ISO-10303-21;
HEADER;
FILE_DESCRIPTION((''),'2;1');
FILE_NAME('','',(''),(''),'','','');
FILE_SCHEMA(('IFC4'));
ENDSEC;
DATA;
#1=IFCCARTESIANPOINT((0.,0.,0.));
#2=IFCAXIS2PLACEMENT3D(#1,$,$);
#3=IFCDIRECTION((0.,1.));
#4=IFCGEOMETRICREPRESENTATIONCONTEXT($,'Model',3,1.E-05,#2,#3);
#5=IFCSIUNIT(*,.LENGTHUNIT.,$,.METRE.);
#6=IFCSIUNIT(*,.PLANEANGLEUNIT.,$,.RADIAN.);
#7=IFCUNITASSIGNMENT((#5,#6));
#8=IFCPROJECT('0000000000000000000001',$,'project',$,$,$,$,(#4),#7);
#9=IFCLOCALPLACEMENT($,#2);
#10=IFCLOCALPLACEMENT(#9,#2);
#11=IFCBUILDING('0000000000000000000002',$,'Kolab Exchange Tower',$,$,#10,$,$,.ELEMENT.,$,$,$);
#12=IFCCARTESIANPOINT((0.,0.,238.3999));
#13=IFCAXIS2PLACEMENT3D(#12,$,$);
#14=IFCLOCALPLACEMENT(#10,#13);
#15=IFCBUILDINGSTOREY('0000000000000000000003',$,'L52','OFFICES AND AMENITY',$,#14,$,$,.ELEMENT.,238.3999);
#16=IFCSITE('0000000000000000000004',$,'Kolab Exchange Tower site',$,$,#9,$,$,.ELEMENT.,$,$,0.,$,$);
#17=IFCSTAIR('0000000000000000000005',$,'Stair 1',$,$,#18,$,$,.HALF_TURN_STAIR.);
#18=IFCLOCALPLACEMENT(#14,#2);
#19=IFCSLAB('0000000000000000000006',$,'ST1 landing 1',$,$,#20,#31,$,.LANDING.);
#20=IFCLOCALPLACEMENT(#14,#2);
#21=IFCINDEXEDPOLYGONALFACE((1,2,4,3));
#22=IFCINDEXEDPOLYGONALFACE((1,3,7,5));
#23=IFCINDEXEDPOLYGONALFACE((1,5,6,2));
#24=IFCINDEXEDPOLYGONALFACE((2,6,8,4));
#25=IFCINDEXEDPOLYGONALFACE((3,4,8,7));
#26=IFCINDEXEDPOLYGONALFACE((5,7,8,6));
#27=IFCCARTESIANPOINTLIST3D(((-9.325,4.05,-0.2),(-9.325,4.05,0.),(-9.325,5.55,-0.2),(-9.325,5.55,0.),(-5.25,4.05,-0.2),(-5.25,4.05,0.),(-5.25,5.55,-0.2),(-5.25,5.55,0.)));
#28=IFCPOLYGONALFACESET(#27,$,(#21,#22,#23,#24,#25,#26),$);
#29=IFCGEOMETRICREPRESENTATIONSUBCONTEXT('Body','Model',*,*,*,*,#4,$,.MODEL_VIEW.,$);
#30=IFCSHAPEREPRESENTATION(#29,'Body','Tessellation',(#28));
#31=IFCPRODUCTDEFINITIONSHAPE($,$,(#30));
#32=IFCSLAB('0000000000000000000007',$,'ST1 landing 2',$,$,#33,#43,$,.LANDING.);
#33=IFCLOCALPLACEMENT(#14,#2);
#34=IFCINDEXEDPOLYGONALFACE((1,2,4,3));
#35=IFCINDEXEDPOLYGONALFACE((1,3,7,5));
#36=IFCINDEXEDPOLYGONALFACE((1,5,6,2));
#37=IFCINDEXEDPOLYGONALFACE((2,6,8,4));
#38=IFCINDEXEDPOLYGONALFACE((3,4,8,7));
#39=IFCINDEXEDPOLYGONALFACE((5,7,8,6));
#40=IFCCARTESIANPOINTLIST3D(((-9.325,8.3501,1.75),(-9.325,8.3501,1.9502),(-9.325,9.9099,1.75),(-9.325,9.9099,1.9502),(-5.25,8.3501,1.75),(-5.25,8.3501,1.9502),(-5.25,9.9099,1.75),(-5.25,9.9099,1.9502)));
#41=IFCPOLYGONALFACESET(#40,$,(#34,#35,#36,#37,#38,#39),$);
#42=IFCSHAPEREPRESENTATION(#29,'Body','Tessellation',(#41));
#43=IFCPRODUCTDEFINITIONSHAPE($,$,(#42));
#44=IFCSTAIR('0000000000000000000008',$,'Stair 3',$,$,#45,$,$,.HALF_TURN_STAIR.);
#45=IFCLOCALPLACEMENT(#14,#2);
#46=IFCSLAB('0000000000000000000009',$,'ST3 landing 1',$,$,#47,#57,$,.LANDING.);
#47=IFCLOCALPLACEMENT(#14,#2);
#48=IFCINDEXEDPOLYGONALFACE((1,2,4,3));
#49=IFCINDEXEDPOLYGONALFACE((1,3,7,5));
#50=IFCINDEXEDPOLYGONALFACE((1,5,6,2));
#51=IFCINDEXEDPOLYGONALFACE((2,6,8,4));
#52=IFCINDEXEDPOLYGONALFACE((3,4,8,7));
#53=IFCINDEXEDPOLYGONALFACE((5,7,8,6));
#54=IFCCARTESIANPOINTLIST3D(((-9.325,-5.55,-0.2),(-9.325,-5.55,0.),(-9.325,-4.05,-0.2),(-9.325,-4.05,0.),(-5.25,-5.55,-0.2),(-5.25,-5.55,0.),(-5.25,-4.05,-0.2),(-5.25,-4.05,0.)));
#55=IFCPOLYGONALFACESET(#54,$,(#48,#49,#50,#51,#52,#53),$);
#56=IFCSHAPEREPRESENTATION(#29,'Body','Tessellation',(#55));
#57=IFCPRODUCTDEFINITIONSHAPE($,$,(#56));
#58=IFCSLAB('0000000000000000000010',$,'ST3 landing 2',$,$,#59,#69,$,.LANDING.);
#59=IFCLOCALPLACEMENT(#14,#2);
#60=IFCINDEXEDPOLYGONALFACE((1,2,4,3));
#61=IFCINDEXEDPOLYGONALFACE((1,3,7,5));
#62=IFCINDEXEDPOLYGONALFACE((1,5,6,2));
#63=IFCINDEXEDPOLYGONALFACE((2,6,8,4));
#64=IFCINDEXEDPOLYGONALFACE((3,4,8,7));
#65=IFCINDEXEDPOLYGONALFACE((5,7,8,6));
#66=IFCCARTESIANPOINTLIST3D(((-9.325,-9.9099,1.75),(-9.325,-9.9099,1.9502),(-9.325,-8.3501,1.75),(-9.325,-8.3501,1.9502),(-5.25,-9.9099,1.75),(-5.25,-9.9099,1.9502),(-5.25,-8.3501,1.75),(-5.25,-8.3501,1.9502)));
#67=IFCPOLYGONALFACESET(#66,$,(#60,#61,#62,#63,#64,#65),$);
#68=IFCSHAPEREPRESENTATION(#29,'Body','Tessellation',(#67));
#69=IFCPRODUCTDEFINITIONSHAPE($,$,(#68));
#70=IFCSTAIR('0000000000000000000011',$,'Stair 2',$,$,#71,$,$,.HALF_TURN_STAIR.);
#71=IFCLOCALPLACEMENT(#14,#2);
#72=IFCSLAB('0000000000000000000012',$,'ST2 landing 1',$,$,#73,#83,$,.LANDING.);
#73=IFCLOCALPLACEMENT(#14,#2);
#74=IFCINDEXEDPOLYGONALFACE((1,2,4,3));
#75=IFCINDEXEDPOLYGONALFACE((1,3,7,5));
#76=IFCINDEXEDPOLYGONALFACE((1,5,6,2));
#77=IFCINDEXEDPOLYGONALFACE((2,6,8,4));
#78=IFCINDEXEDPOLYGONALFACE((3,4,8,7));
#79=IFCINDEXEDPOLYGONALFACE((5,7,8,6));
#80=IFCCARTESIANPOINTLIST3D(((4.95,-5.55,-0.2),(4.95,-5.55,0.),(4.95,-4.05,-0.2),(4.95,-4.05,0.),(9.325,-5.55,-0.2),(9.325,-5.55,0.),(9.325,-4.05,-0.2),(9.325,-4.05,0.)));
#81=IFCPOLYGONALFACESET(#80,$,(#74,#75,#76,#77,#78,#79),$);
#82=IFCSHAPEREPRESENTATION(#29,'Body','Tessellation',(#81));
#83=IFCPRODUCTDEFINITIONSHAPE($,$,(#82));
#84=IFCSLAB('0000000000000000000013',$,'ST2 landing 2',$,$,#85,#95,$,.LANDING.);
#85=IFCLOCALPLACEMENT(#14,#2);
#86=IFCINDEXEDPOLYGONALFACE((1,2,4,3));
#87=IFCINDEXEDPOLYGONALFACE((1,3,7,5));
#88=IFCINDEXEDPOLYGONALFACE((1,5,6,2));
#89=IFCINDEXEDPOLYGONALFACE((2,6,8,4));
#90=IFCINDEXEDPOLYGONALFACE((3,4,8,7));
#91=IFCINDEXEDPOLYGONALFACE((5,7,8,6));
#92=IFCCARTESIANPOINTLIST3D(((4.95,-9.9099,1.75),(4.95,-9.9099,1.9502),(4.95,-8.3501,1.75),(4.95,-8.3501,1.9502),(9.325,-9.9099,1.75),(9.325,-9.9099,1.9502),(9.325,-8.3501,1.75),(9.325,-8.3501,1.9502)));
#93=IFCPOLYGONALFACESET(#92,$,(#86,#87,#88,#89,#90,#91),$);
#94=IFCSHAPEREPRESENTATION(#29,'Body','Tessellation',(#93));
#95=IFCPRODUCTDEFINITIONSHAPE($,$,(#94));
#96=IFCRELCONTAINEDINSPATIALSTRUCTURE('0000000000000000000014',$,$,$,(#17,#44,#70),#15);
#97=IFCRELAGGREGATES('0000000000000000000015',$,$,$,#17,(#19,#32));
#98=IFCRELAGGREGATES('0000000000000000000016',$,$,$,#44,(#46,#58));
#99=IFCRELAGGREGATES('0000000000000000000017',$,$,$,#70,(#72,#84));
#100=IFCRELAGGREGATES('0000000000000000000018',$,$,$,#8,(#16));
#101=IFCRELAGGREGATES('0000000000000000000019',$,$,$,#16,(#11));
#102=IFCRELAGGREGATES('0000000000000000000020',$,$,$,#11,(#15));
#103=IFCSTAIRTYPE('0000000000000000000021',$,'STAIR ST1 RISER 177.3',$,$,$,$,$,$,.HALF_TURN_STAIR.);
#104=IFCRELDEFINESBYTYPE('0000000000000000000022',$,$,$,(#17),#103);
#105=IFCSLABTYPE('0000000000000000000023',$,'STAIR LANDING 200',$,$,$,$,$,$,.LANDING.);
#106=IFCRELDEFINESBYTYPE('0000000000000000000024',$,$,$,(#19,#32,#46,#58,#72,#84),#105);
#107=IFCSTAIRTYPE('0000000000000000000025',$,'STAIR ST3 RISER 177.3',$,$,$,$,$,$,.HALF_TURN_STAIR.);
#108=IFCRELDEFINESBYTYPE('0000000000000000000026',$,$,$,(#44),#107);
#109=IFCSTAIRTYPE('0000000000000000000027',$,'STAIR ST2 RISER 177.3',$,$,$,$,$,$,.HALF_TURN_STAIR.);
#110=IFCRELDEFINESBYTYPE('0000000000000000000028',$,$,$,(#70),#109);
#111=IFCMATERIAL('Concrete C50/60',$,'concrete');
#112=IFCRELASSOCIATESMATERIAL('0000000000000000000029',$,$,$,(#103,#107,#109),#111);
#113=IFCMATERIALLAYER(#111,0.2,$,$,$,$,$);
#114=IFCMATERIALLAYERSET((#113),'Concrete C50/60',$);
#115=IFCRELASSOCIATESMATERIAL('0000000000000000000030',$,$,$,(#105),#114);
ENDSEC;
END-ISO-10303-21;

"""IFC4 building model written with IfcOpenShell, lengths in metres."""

from ifc_helpers import new_model, si_unit, direction, frame, origin, place, context, subcontext, project, spatial, polyline, outline, extrude, material, layer, layer_set, type_object, element, aggregate, save


model = new_model("IFC4")

# Units and contexts
model_context = context("Model", 3, precision=1e-05, world=origin(), true_north=direction((0.0, 1.0)))
body_context = subcontext(model_context, "Body", "Model", "MODEL_VIEW")
ifc_project = project(units=[si_unit("LENGTHUNIT", "METRE"), si_unit("PLANEANGLEUNIT", "RADIAN")], contexts=[model_context])

# Site, building, storey
site_placement = place(None, origin())
site = spatial("IfcSite", under=ifc_project, at=site_placement, Name="Kolab Exchange Tower site", CompositionType="ELEMENT", RefElevation=0.0)
building_placement = place(site_placement, origin())
building = spatial("IfcBuilding", under=site, at=building_placement, Name="Kolab Exchange Tower", CompositionType="ELEMENT")
storey_placement = place(building_placement, frame((0.0, 0.0, 238.3999)))
storey = spatial("IfcBuildingStorey", under=building, at=storey_placement, Name="L52", Description="OFFICES AND AMENITY", CompositionType="ELEMENT", Elevation=238.3999)

# Stairs, slabs
ifc_material_1 = material(Name="Concrete C50/60", Category="concrete")
stair_type_1 = type_object("IfcStairType", Name="STAIR ST1 RISER 177.3", PredefinedType="HALF_TURN_STAIR", material=ifc_material_1)
stair_1_placement = place(storey_placement, origin())
stair_1 = element("IfcStair", 1, at=stair_1_placement, inside=storey, type_object=stair_type_1, Name="Stair 1", PredefinedType="HALF_TURN_STAIR")
ifc_layer_1 = layer(ifc_material_1, 0.2)
ifc_layer_set_1 = layer_set([ifc_layer_1], Name="Concrete C50/60")
slab_type_1 = type_object("IfcSlabType", Name="STAIR LANDING 200", PredefinedType="LANDING", material=ifc_layer_set_1)
slab_1_placement = place(storey_placement, frame((0.0, 0.0, -0.2)))
slab_1 = element("IfcSlab", 2, at=slab_1_placement, type_object=slab_type_1, Name="ST1 landing 1", PredefinedType="LANDING", context=body_context, shape_type="SweptSolid", body=[
    extrude(outline(polyline([(-9.325, 4.05), (-5.25, 4.05), (-5.25, 5.55), (-9.325, 5.55), (-9.325, 4.05)])), origin(), (0.0, 0.0, 1.0), 0.2),
])
slab_2_placement = place(storey_placement, frame((0.0, 0.0, 1.75)))
slab_2 = element("IfcSlab", 3, at=slab_2_placement, type_object=slab_type_1, Name="ST1 landing 2", PredefinedType="LANDING", context=body_context, shape_type="SweptSolid", body=[
    extrude(outline(polyline([(-9.325, 8.3501), (-5.25, 8.3501), (-5.25, 9.9099), (-9.325, 9.9099), (-9.325, 8.3501)])), origin(), (0.0, 0.0, 1.0), 0.2002),
])
aggregate(stair_1, [slab_1, slab_2])
stair_type_2 = type_object("IfcStairType", Name="STAIR ST3 RISER 177.3", PredefinedType="HALF_TURN_STAIR", material=ifc_material_1)
stair_2_placement = place(storey_placement, origin())
stair_2 = element("IfcStair", 4, at=stair_2_placement, inside=storey, type_object=stair_type_2, Name="Stair 3", PredefinedType="HALF_TURN_STAIR")
slab_3_placement = place(storey_placement, frame((0.0, 0.0, -0.2)))
slab_3 = element("IfcSlab", 5, at=slab_3_placement, type_object=slab_type_1, Name="ST3 landing 1", PredefinedType="LANDING", context=body_context, shape_type="SweptSolid", body=[
    extrude(outline(polyline([(-9.325, -5.55), (-5.25, -5.55), (-5.25, -4.05), (-9.325, -4.05), (-9.325, -5.55)])), origin(), (0.0, 0.0, 1.0), 0.2),
])
slab_4_placement = place(storey_placement, frame((0.0, 0.0, 1.75)))
slab_4 = element("IfcSlab", 6, at=slab_4_placement, type_object=slab_type_1, Name="ST3 landing 2", PredefinedType="LANDING", context=body_context, shape_type="SweptSolid", body=[
    extrude(outline(polyline([(-9.325, -9.9099), (-5.25, -9.9099), (-5.25, -8.3501), (-9.325, -8.3501), (-9.325, -9.9099)])), origin(), (0.0, 0.0, 1.0), 0.2002),
])
aggregate(stair_2, [slab_3, slab_4])
stair_type_3 = type_object("IfcStairType", Name="STAIR ST2 RISER 177.3", PredefinedType="HALF_TURN_STAIR", material=ifc_material_1)
stair_3_placement = place(storey_placement, origin())
stair_3 = element("IfcStair", 7, at=stair_3_placement, inside=storey, type_object=stair_type_3, Name="Stair 2", PredefinedType="HALF_TURN_STAIR")
slab_5_placement = place(storey_placement, frame((0.0, 0.0, -0.2)))
slab_5 = element("IfcSlab", 8, at=slab_5_placement, type_object=slab_type_1, Name="ST2 landing 1", PredefinedType="LANDING", context=body_context, shape_type="SweptSolid", body=[
    extrude(outline(polyline([(4.95, -5.55), (9.325, -5.55), (9.325, -4.05), (4.95, -4.05), (4.95, -5.55)])), origin(), (0.0, 0.0, 1.0), 0.2),
])
slab_6_placement = place(storey_placement, frame((0.0, 0.0, 1.75)))
slab_6 = element("IfcSlab", 9, at=slab_6_placement, type_object=slab_type_1, Name="ST2 landing 2", PredefinedType="LANDING", context=body_context, shape_type="SweptSolid", body=[
    extrude(outline(polyline([(4.95, -9.9099), (9.325, -9.9099), (9.325, -8.3501), (4.95, -8.3501), (4.95, -9.9099)])), origin(), (0.0, 0.0, 1.0), 0.2002),
])
aggregate(stair_3, [slab_5, slab_6])

save(model, "model.ifc")
